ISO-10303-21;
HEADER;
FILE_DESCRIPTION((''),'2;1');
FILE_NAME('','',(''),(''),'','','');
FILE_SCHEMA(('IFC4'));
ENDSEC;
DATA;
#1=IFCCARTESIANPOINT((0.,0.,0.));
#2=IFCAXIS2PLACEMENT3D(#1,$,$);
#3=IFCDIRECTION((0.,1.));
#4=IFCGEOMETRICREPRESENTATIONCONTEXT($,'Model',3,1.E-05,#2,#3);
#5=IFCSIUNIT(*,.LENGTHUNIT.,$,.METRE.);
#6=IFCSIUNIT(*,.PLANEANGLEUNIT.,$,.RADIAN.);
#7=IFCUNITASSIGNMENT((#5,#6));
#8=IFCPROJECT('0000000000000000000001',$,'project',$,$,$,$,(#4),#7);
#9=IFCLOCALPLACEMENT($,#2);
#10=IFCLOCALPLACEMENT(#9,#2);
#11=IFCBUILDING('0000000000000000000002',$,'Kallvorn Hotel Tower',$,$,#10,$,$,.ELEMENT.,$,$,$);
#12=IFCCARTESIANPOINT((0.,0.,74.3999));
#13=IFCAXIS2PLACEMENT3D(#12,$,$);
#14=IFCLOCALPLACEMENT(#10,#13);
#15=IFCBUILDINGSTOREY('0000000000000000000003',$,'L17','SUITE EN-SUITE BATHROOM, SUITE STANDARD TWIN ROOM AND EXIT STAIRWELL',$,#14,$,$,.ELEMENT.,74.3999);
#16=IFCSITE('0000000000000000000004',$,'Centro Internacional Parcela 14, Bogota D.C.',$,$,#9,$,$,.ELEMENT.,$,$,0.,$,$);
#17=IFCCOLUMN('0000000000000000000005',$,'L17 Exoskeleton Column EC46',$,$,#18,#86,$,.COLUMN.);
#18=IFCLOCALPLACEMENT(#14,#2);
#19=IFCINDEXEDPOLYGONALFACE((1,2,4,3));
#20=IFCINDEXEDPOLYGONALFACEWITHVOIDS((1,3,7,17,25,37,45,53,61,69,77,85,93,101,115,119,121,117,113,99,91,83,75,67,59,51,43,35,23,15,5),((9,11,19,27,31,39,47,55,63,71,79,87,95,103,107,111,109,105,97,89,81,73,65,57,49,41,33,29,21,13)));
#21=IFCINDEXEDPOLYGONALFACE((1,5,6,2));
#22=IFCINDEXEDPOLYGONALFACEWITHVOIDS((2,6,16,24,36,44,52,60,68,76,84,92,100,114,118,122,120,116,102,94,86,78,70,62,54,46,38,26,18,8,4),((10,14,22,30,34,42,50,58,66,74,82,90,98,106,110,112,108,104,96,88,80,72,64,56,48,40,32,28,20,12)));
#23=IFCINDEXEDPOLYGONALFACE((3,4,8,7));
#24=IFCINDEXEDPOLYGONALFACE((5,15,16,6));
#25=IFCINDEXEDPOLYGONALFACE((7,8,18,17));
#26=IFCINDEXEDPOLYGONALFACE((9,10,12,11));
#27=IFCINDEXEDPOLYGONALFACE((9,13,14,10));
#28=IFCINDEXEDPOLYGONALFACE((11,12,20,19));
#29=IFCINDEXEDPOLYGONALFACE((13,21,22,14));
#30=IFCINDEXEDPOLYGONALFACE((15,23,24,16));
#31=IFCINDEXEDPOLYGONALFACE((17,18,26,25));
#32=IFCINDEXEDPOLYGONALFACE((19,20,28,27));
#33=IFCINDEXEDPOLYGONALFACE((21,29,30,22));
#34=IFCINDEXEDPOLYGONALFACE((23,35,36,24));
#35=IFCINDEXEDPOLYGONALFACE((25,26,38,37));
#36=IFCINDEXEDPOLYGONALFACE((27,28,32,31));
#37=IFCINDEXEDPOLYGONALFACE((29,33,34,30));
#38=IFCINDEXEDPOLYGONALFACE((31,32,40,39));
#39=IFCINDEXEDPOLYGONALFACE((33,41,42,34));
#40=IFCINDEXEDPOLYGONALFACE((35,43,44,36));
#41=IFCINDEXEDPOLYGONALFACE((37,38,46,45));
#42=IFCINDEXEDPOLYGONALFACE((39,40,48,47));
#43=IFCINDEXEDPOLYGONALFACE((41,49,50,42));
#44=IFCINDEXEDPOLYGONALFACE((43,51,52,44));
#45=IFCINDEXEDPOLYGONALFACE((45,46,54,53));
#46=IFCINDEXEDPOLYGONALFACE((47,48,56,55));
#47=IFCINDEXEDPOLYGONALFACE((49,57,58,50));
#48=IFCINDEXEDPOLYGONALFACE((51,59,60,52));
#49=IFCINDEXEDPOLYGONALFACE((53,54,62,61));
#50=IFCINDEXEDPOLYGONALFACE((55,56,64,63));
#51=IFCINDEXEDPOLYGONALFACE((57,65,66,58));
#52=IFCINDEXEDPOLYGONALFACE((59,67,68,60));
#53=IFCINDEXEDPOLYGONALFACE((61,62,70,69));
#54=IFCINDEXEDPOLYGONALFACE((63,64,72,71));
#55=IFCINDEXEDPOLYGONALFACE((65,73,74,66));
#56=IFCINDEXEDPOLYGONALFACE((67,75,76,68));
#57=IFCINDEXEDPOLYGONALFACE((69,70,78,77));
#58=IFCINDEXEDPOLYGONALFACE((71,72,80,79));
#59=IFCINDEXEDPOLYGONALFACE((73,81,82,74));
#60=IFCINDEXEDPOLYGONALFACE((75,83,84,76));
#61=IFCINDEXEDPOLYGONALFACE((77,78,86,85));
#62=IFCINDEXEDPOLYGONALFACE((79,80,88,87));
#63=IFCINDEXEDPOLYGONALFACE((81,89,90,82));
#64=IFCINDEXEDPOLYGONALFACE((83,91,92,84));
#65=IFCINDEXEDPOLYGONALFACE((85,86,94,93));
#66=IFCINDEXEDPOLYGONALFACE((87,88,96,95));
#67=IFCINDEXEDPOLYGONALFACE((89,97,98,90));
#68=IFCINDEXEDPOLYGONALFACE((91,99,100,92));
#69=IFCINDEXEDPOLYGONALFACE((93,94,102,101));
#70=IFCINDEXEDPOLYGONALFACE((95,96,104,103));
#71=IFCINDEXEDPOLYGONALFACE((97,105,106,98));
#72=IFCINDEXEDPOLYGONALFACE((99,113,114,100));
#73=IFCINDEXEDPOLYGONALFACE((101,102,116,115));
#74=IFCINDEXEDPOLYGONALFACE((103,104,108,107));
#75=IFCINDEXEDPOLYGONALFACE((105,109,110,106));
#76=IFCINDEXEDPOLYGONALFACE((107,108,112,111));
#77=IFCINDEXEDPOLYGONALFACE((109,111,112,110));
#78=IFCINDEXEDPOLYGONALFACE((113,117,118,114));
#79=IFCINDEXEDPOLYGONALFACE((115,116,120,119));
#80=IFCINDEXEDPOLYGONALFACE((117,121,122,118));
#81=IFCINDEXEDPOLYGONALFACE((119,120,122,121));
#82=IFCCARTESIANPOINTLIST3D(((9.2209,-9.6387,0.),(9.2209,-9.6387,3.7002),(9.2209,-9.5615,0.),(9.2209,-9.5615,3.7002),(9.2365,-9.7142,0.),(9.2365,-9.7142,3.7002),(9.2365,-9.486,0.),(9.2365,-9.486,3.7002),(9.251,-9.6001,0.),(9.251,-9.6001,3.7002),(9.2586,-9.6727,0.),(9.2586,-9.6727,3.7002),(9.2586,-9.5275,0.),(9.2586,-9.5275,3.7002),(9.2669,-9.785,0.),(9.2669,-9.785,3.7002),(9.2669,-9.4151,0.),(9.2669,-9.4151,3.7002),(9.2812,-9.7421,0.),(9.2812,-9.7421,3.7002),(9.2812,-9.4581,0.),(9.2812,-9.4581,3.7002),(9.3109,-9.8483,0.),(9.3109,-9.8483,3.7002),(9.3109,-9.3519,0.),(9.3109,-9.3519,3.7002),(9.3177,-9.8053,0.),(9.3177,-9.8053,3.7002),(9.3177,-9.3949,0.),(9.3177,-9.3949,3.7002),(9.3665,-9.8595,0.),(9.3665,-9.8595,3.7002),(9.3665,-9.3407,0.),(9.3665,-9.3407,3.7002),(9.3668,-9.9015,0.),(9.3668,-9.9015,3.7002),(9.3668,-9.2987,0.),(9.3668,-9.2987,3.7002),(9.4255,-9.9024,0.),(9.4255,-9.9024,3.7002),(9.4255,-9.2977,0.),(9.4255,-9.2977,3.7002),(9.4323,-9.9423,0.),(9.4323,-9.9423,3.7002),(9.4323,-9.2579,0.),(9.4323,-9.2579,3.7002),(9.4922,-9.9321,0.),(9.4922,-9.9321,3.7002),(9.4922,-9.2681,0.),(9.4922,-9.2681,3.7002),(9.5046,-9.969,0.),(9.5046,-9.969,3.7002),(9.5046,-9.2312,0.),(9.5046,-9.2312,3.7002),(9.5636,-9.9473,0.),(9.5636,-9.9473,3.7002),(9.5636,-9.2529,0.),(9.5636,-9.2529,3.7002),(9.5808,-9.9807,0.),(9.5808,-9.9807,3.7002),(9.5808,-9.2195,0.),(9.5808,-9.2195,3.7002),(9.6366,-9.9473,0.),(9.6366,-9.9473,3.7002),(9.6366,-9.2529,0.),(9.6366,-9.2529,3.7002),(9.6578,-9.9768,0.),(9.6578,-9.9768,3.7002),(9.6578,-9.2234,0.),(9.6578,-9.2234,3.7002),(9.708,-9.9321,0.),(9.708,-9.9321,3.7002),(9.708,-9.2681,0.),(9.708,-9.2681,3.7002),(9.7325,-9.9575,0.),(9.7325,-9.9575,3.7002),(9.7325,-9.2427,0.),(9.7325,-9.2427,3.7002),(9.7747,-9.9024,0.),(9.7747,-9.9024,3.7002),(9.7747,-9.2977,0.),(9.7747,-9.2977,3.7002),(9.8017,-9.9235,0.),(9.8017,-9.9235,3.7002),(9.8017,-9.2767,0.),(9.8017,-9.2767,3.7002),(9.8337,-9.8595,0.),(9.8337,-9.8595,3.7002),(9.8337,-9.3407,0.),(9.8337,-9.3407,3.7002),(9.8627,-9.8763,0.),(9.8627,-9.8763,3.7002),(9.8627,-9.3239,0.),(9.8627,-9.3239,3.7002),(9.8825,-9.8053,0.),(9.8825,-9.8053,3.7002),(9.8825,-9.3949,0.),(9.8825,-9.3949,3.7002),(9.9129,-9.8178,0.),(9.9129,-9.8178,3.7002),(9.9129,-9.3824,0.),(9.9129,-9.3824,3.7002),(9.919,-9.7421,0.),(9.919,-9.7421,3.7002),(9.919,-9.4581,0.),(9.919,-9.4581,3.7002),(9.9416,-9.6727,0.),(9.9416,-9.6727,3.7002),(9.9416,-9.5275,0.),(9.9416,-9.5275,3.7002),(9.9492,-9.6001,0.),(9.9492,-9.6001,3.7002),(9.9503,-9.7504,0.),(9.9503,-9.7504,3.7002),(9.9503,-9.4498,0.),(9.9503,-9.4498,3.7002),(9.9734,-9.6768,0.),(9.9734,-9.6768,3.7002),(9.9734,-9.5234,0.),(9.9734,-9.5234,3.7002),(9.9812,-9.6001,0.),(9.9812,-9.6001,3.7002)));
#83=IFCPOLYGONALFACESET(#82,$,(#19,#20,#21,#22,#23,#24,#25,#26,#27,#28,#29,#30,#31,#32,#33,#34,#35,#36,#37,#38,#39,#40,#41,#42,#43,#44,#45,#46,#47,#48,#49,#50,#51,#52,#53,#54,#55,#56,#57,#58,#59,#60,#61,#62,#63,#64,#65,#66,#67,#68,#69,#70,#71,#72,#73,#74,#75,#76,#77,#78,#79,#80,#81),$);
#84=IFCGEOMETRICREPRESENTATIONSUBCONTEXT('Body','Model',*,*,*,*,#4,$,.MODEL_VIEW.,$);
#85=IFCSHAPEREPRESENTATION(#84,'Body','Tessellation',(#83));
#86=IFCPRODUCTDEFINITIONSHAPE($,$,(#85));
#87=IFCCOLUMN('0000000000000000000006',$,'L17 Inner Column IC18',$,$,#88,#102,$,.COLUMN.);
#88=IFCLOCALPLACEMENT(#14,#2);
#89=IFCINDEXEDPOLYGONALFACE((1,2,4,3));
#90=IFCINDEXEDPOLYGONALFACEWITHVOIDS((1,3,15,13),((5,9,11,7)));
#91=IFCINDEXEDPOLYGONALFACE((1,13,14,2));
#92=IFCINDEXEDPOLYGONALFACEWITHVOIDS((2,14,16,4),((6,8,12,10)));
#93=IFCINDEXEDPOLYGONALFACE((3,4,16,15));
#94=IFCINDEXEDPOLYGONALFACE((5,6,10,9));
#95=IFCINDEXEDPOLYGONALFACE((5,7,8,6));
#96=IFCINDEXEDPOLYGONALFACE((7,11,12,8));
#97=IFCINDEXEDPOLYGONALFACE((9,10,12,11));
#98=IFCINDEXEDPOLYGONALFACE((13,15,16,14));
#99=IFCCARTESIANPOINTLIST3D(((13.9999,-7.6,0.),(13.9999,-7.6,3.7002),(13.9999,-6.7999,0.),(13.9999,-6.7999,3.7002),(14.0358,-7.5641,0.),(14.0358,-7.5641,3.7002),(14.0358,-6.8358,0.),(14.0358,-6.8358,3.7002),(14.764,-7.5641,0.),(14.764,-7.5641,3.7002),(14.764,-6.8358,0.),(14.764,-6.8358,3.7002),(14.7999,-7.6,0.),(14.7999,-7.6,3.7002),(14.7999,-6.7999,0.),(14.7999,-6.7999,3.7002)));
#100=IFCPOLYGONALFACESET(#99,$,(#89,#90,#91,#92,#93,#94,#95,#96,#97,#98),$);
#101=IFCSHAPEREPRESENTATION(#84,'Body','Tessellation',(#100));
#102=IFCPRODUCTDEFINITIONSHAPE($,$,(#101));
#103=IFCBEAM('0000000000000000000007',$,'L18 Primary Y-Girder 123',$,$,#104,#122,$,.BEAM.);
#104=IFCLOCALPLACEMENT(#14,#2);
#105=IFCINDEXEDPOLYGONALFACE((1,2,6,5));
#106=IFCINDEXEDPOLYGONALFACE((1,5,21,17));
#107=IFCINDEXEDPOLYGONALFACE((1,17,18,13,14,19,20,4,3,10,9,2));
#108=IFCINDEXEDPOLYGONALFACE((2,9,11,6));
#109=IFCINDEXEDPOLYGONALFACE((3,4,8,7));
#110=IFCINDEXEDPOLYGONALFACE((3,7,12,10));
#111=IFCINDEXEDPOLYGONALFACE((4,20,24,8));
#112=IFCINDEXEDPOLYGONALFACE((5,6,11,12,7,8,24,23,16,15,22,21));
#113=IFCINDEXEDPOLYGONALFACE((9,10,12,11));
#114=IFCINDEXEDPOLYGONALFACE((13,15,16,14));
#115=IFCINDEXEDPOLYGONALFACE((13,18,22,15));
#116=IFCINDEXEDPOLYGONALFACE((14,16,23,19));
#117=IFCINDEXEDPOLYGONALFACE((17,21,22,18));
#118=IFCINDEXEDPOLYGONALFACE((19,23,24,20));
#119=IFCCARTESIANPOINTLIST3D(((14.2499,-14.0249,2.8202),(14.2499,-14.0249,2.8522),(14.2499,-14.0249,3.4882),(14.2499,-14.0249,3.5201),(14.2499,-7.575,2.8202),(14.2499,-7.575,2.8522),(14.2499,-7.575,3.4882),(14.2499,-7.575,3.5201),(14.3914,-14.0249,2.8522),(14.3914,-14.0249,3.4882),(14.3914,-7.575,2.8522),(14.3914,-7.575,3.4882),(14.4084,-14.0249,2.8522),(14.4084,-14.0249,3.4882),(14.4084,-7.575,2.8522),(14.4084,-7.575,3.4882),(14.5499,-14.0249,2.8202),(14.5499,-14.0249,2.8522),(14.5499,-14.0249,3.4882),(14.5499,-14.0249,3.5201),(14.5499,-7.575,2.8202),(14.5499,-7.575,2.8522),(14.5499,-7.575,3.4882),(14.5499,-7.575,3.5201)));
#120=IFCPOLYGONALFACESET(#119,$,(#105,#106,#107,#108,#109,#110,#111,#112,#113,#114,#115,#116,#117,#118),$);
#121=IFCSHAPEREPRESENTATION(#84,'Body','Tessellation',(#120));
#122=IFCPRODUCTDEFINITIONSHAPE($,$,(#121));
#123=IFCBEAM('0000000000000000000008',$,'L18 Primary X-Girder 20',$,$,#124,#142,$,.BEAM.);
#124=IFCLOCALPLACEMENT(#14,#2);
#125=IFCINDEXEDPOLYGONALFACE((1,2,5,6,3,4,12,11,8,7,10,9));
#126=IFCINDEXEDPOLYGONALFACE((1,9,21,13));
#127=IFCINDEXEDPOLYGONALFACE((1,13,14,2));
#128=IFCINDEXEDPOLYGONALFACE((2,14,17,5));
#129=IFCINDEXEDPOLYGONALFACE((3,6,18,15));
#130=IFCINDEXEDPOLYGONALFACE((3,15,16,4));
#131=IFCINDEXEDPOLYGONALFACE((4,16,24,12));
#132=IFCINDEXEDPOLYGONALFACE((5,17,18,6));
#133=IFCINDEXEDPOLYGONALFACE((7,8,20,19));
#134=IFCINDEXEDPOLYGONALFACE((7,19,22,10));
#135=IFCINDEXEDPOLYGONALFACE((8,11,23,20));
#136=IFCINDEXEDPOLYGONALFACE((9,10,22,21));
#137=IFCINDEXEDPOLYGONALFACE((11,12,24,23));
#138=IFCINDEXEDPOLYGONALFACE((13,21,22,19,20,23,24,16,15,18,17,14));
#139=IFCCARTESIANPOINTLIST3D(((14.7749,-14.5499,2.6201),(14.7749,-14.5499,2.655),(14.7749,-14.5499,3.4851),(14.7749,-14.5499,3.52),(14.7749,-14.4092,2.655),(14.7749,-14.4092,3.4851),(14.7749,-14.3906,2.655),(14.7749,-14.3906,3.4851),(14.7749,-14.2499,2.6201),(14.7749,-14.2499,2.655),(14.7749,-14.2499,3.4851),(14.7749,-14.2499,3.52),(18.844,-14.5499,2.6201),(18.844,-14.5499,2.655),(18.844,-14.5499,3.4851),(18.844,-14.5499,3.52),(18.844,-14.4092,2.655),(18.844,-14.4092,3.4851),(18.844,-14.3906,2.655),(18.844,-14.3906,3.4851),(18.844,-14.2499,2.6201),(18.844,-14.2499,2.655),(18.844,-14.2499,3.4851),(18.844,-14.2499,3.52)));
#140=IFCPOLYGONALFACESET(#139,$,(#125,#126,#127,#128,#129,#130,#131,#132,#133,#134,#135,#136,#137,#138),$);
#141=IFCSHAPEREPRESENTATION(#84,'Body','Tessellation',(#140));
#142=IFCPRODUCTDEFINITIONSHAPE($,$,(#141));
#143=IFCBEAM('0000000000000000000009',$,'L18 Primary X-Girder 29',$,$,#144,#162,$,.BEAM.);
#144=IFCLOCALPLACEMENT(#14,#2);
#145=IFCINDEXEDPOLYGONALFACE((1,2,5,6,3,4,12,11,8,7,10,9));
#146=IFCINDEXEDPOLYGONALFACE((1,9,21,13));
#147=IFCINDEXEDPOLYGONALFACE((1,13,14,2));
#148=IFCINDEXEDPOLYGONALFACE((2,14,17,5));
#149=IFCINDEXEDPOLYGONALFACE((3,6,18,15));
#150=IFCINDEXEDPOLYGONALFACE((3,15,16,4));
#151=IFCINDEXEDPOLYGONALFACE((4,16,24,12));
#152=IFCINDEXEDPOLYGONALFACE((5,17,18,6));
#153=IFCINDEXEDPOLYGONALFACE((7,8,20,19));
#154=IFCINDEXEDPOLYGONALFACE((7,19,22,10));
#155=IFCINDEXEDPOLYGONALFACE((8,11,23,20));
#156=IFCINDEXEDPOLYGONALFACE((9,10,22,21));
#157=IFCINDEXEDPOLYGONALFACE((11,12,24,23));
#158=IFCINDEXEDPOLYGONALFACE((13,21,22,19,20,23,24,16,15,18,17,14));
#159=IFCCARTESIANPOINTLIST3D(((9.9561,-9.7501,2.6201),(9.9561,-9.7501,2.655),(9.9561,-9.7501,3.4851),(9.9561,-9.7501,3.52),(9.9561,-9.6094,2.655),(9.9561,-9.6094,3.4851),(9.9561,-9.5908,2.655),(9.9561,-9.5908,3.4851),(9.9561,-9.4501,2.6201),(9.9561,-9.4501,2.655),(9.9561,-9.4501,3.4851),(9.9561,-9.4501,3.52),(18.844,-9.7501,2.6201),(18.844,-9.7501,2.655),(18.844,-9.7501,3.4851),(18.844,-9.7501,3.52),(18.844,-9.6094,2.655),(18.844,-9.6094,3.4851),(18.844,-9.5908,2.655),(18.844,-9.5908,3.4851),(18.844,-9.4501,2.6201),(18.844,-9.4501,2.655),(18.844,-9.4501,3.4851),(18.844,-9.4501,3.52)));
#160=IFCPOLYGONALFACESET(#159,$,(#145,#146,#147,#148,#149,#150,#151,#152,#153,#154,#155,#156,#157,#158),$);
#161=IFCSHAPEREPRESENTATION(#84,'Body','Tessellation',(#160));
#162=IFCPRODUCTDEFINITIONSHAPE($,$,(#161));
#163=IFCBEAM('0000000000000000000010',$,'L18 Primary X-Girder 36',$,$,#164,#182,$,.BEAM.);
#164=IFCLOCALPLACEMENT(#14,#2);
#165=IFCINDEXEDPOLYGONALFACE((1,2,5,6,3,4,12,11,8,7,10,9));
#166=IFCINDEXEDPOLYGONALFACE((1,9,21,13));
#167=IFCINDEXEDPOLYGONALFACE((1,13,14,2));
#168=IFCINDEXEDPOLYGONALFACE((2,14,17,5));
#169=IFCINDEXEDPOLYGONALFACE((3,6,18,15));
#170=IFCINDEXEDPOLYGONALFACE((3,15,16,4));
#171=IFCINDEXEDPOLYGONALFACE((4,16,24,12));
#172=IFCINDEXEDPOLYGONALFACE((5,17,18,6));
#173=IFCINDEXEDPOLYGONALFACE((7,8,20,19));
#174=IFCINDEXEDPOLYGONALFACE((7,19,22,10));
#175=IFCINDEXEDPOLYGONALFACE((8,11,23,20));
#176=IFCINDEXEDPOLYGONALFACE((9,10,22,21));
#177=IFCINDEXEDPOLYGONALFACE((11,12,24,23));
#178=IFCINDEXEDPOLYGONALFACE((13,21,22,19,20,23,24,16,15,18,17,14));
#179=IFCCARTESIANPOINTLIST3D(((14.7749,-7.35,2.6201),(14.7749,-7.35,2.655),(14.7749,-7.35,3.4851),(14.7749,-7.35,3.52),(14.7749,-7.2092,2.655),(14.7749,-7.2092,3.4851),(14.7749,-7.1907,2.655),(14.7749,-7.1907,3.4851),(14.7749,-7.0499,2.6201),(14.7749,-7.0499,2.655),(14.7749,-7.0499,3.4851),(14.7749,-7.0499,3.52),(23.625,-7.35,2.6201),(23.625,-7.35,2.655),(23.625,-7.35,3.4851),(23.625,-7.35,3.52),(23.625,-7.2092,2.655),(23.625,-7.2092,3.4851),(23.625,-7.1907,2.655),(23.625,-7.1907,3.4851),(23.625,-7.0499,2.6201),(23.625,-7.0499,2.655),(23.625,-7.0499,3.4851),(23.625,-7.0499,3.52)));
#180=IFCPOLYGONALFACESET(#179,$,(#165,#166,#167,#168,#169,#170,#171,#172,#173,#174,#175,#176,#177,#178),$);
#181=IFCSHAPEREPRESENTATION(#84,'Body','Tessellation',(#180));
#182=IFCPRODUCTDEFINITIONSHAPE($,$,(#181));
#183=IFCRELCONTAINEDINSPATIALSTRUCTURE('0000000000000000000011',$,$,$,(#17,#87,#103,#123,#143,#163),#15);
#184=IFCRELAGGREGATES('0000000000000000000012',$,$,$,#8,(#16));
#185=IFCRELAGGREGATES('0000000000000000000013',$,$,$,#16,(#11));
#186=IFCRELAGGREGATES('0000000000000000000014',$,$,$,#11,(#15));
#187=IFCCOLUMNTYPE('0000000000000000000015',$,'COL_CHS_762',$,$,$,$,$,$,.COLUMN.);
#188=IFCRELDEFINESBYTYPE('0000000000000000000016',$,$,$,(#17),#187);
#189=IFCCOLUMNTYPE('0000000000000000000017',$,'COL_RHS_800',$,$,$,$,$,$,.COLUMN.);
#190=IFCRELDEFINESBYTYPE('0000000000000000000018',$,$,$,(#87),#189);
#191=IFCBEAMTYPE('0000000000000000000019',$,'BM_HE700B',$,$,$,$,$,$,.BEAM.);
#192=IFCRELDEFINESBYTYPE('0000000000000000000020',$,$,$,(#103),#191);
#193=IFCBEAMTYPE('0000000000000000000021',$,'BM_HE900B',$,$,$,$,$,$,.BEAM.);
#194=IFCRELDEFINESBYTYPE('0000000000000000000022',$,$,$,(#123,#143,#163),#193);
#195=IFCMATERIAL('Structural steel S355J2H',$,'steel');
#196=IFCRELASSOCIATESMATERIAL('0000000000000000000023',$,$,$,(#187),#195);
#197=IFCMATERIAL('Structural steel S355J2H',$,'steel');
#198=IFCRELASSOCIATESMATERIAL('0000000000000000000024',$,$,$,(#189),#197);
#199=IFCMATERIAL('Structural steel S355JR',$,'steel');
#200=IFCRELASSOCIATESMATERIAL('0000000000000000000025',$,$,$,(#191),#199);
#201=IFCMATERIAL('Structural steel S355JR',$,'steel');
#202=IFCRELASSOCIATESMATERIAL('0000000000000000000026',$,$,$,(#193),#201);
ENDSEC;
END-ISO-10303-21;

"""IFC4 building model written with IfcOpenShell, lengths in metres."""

from ifc_helpers import new_model, si_unit, direction, frame, origin, origin_2d, place, context, subcontext, project, spatial, hollow_rectangle, hollow_circle, i_section, extrude, material, material_profile, profile_set, type_object, element, save


model = new_model("IFC4")

# Units and contexts
model_context = context("Model", 3, precision=1e-05, world=origin(), true_north=direction((0.0, 1.0)))
body_context = subcontext(model_context, "Body", "Model", "MODEL_VIEW")
ifc_project = project(units=[si_unit("LENGTHUNIT", "METRE"), si_unit("PLANEANGLEUNIT", "RADIAN")], contexts=[model_context])

# Site, building, storey
site_placement = place(None, origin())
site = spatial("IfcSite", under=ifc_project, at=site_placement, Name="Centro Internacional Parcela 14, Bogota D.C.", CompositionType="ELEMENT", RefElevation=0.0)
building_placement = place(site_placement, origin())
building = spatial("IfcBuilding", under=site, at=building_placement, Name="Kallvorn Hotel Tower", CompositionType="ELEMENT")
storey_placement = place(building_placement, frame((0.0, 0.0, 74.3999)))
storey = spatial("IfcBuildingStorey", under=building, at=storey_placement, Name="L17", Description="SUITE EN-SUITE BATHROOM, SUITE STANDARD TWIN ROOM AND EXIT STAIRWELL", CompositionType="ELEMENT", Elevation=74.3999)

# Columns
ifc_material_1 = material(Name="Structural steel S355J2H", Category="steel")
ifc_material_profile_1 = material_profile(ifc_material_1, hollow_circle(Radius=0.3811, WallThickness=0.032, at=origin_2d()), Name="CHS 762x32")
ifc_profile_set_1 = profile_set([ifc_material_profile_1], Name="Structural steel S355J2H")
column_type_1 = type_object("IfcColumnType", Name="COL_CHS_762", PredefinedType="COLUMN", material=ifc_profile_set_1)
column_1_placement = place(storey_placement, frame((9.6001, -9.6001, 0.0), z_axis=(0.0, 0.0, 1.0), x_axis=(1.0, 0.0, 0.0)))
element("IfcColumn", 1, at=column_1_placement, inside=storey, type_object=column_type_1, Name="L17 Exoskeleton Column EC46", PredefinedType="COLUMN", context=body_context, shape_type="SweptSolid", body=[
    extrude(hollow_circle(Radius=0.3811, WallThickness=0.032, at=origin_2d()), origin(), (0.0, 0.0, 1.0), 3.7002),
])
ifc_material_2 = material(Name="Structural steel S355J2H", Category="steel")
ifc_material_profile_2 = material_profile(ifc_material_2, hollow_rectangle(XDim=0.8, YDim=0.8, WallThickness=0.0359, at=origin_2d()), Name="RHS 800x800x36")
ifc_profile_set_2 = profile_set([ifc_material_profile_2], Name="Structural steel S355J2H")
column_type_2 = type_object("IfcColumnType", Name="COL_RHS_800", PredefinedType="COLUMN", material=ifc_profile_set_2)
column_2_placement = place(storey_placement, frame((14.3999, -7.2, 0.0), z_axis=(0.0, 0.0, 1.0), x_axis=(1.0, 0.0, 0.0)))
element("IfcColumn", 2, at=column_2_placement, inside=storey, type_object=column_type_2, Name="L17 Inner Column IC18", PredefinedType="COLUMN", context=body_context, shape_type="SweptSolid", body=[
    extrude(hollow_rectangle(XDim=0.8, YDim=0.8, WallThickness=0.0359, at=origin_2d()), origin(), (0.0, 0.0, 1.0), 3.7002),
])

# Beams
ifc_material_3 = material(Name="Structural steel S355JR", Category="steel")
ifc_material_profile_3 = material_profile(ifc_material_3, i_section(OverallWidth=0.3, OverallDepth=0.7, WebThickness=0.0171, FlangeThickness=0.032, at=origin_2d()), Name="HE 700 B")
ifc_profile_set_3 = profile_set([ifc_material_profile_3], Name="Structural steel S355JR")
beam_type_1 = type_object("IfcBeamType", Name="BM_HE700B", PredefinedType="BEAM", material=ifc_profile_set_3)
beam_1_placement = place(storey_placement, frame((14.3999, -14.0249, 3.1702), z_axis=(0.0, 1.0, 0.0), x_axis=(-1.0, 0.0, 0.0)))
element("IfcBeam", 3, at=beam_1_placement, inside=storey, type_object=beam_type_1, Name="L18 Primary Y-Girder 123", PredefinedType="BEAM", context=body_context, shape_type="SweptSolid", body=[
    extrude(i_section(OverallWidth=0.3, OverallDepth=0.7, WebThickness=0.0171, FlangeThickness=0.032, at=origin_2d()), origin(), (0.0, 0.0, 1.0), 6.45),
])
ifc_material_4 = material(Name="Structural steel S355JR", Category="steel")
ifc_material_profile_4 = material_profile(ifc_material_4, i_section(OverallWidth=0.3, OverallDepth=0.8999, WebThickness=0.0186, FlangeThickness=0.0349, at=origin_2d()), Name="HE 900 B")
ifc_profile_set_4 = profile_set([ifc_material_profile_4], Name="Structural steel S355JR")
beam_type_2 = type_object("IfcBeamType", Name="BM_HE900B", PredefinedType="BEAM", material=ifc_profile_set_4)
beam_2_placement = place(storey_placement, frame((14.7749, -14.3999, 3.0701), z_axis=(1.0, 0.0, 0.0), x_axis=(0.0, 1.0, 0.0)))
element("IfcBeam", 4, at=beam_2_placement, inside=storey, type_object=beam_type_2, Name="L18 Primary X-Girder 20", PredefinedType="BEAM", context=body_context, shape_type="SweptSolid", body=[
    extrude(i_section(OverallWidth=0.3, OverallDepth=0.8999, WebThickness=0.0186, FlangeThickness=0.0349, at=origin_2d()), origin(), (0.0, 0.0, 1.0), 4.0691),
])
beam_3_placement = place(storey_placement, frame((9.9561, -9.6001, 3.0701), z_axis=(1.0, 0.0, 0.0), x_axis=(0.0, 1.0, 0.0)))
element("IfcBeam", 5, at=beam_3_placement, inside=storey, type_object=beam_type_2, Name="L18 Primary X-Girder 29", PredefinedType="BEAM", context=body_context, shape_type="SweptSolid", body=[
    extrude(i_section(OverallWidth=0.3, OverallDepth=0.8999, WebThickness=0.0186, FlangeThickness=0.0349, at=origin_2d()), origin(), (0.0, 0.0, 1.0), 8.8879),
])
beam_4_placement = place(storey_placement, frame((14.7749, -7.2, 3.0701), z_axis=(1.0, 0.0, 0.0), x_axis=(0.0, 1.0, 0.0)))
element("IfcBeam", 6, at=beam_4_placement, inside=storey, type_object=beam_type_2, Name="L18 Primary X-Girder 36", PredefinedType="BEAM", context=body_context, shape_type="SweptSolid", body=[
    extrude(i_section(OverallWidth=0.3, OverallDepth=0.8999, WebThickness=0.0186, FlangeThickness=0.0349, at=origin_2d()), origin(), (0.0, 0.0, 1.0), 8.8501),
])

save(model, "model.ifc")
